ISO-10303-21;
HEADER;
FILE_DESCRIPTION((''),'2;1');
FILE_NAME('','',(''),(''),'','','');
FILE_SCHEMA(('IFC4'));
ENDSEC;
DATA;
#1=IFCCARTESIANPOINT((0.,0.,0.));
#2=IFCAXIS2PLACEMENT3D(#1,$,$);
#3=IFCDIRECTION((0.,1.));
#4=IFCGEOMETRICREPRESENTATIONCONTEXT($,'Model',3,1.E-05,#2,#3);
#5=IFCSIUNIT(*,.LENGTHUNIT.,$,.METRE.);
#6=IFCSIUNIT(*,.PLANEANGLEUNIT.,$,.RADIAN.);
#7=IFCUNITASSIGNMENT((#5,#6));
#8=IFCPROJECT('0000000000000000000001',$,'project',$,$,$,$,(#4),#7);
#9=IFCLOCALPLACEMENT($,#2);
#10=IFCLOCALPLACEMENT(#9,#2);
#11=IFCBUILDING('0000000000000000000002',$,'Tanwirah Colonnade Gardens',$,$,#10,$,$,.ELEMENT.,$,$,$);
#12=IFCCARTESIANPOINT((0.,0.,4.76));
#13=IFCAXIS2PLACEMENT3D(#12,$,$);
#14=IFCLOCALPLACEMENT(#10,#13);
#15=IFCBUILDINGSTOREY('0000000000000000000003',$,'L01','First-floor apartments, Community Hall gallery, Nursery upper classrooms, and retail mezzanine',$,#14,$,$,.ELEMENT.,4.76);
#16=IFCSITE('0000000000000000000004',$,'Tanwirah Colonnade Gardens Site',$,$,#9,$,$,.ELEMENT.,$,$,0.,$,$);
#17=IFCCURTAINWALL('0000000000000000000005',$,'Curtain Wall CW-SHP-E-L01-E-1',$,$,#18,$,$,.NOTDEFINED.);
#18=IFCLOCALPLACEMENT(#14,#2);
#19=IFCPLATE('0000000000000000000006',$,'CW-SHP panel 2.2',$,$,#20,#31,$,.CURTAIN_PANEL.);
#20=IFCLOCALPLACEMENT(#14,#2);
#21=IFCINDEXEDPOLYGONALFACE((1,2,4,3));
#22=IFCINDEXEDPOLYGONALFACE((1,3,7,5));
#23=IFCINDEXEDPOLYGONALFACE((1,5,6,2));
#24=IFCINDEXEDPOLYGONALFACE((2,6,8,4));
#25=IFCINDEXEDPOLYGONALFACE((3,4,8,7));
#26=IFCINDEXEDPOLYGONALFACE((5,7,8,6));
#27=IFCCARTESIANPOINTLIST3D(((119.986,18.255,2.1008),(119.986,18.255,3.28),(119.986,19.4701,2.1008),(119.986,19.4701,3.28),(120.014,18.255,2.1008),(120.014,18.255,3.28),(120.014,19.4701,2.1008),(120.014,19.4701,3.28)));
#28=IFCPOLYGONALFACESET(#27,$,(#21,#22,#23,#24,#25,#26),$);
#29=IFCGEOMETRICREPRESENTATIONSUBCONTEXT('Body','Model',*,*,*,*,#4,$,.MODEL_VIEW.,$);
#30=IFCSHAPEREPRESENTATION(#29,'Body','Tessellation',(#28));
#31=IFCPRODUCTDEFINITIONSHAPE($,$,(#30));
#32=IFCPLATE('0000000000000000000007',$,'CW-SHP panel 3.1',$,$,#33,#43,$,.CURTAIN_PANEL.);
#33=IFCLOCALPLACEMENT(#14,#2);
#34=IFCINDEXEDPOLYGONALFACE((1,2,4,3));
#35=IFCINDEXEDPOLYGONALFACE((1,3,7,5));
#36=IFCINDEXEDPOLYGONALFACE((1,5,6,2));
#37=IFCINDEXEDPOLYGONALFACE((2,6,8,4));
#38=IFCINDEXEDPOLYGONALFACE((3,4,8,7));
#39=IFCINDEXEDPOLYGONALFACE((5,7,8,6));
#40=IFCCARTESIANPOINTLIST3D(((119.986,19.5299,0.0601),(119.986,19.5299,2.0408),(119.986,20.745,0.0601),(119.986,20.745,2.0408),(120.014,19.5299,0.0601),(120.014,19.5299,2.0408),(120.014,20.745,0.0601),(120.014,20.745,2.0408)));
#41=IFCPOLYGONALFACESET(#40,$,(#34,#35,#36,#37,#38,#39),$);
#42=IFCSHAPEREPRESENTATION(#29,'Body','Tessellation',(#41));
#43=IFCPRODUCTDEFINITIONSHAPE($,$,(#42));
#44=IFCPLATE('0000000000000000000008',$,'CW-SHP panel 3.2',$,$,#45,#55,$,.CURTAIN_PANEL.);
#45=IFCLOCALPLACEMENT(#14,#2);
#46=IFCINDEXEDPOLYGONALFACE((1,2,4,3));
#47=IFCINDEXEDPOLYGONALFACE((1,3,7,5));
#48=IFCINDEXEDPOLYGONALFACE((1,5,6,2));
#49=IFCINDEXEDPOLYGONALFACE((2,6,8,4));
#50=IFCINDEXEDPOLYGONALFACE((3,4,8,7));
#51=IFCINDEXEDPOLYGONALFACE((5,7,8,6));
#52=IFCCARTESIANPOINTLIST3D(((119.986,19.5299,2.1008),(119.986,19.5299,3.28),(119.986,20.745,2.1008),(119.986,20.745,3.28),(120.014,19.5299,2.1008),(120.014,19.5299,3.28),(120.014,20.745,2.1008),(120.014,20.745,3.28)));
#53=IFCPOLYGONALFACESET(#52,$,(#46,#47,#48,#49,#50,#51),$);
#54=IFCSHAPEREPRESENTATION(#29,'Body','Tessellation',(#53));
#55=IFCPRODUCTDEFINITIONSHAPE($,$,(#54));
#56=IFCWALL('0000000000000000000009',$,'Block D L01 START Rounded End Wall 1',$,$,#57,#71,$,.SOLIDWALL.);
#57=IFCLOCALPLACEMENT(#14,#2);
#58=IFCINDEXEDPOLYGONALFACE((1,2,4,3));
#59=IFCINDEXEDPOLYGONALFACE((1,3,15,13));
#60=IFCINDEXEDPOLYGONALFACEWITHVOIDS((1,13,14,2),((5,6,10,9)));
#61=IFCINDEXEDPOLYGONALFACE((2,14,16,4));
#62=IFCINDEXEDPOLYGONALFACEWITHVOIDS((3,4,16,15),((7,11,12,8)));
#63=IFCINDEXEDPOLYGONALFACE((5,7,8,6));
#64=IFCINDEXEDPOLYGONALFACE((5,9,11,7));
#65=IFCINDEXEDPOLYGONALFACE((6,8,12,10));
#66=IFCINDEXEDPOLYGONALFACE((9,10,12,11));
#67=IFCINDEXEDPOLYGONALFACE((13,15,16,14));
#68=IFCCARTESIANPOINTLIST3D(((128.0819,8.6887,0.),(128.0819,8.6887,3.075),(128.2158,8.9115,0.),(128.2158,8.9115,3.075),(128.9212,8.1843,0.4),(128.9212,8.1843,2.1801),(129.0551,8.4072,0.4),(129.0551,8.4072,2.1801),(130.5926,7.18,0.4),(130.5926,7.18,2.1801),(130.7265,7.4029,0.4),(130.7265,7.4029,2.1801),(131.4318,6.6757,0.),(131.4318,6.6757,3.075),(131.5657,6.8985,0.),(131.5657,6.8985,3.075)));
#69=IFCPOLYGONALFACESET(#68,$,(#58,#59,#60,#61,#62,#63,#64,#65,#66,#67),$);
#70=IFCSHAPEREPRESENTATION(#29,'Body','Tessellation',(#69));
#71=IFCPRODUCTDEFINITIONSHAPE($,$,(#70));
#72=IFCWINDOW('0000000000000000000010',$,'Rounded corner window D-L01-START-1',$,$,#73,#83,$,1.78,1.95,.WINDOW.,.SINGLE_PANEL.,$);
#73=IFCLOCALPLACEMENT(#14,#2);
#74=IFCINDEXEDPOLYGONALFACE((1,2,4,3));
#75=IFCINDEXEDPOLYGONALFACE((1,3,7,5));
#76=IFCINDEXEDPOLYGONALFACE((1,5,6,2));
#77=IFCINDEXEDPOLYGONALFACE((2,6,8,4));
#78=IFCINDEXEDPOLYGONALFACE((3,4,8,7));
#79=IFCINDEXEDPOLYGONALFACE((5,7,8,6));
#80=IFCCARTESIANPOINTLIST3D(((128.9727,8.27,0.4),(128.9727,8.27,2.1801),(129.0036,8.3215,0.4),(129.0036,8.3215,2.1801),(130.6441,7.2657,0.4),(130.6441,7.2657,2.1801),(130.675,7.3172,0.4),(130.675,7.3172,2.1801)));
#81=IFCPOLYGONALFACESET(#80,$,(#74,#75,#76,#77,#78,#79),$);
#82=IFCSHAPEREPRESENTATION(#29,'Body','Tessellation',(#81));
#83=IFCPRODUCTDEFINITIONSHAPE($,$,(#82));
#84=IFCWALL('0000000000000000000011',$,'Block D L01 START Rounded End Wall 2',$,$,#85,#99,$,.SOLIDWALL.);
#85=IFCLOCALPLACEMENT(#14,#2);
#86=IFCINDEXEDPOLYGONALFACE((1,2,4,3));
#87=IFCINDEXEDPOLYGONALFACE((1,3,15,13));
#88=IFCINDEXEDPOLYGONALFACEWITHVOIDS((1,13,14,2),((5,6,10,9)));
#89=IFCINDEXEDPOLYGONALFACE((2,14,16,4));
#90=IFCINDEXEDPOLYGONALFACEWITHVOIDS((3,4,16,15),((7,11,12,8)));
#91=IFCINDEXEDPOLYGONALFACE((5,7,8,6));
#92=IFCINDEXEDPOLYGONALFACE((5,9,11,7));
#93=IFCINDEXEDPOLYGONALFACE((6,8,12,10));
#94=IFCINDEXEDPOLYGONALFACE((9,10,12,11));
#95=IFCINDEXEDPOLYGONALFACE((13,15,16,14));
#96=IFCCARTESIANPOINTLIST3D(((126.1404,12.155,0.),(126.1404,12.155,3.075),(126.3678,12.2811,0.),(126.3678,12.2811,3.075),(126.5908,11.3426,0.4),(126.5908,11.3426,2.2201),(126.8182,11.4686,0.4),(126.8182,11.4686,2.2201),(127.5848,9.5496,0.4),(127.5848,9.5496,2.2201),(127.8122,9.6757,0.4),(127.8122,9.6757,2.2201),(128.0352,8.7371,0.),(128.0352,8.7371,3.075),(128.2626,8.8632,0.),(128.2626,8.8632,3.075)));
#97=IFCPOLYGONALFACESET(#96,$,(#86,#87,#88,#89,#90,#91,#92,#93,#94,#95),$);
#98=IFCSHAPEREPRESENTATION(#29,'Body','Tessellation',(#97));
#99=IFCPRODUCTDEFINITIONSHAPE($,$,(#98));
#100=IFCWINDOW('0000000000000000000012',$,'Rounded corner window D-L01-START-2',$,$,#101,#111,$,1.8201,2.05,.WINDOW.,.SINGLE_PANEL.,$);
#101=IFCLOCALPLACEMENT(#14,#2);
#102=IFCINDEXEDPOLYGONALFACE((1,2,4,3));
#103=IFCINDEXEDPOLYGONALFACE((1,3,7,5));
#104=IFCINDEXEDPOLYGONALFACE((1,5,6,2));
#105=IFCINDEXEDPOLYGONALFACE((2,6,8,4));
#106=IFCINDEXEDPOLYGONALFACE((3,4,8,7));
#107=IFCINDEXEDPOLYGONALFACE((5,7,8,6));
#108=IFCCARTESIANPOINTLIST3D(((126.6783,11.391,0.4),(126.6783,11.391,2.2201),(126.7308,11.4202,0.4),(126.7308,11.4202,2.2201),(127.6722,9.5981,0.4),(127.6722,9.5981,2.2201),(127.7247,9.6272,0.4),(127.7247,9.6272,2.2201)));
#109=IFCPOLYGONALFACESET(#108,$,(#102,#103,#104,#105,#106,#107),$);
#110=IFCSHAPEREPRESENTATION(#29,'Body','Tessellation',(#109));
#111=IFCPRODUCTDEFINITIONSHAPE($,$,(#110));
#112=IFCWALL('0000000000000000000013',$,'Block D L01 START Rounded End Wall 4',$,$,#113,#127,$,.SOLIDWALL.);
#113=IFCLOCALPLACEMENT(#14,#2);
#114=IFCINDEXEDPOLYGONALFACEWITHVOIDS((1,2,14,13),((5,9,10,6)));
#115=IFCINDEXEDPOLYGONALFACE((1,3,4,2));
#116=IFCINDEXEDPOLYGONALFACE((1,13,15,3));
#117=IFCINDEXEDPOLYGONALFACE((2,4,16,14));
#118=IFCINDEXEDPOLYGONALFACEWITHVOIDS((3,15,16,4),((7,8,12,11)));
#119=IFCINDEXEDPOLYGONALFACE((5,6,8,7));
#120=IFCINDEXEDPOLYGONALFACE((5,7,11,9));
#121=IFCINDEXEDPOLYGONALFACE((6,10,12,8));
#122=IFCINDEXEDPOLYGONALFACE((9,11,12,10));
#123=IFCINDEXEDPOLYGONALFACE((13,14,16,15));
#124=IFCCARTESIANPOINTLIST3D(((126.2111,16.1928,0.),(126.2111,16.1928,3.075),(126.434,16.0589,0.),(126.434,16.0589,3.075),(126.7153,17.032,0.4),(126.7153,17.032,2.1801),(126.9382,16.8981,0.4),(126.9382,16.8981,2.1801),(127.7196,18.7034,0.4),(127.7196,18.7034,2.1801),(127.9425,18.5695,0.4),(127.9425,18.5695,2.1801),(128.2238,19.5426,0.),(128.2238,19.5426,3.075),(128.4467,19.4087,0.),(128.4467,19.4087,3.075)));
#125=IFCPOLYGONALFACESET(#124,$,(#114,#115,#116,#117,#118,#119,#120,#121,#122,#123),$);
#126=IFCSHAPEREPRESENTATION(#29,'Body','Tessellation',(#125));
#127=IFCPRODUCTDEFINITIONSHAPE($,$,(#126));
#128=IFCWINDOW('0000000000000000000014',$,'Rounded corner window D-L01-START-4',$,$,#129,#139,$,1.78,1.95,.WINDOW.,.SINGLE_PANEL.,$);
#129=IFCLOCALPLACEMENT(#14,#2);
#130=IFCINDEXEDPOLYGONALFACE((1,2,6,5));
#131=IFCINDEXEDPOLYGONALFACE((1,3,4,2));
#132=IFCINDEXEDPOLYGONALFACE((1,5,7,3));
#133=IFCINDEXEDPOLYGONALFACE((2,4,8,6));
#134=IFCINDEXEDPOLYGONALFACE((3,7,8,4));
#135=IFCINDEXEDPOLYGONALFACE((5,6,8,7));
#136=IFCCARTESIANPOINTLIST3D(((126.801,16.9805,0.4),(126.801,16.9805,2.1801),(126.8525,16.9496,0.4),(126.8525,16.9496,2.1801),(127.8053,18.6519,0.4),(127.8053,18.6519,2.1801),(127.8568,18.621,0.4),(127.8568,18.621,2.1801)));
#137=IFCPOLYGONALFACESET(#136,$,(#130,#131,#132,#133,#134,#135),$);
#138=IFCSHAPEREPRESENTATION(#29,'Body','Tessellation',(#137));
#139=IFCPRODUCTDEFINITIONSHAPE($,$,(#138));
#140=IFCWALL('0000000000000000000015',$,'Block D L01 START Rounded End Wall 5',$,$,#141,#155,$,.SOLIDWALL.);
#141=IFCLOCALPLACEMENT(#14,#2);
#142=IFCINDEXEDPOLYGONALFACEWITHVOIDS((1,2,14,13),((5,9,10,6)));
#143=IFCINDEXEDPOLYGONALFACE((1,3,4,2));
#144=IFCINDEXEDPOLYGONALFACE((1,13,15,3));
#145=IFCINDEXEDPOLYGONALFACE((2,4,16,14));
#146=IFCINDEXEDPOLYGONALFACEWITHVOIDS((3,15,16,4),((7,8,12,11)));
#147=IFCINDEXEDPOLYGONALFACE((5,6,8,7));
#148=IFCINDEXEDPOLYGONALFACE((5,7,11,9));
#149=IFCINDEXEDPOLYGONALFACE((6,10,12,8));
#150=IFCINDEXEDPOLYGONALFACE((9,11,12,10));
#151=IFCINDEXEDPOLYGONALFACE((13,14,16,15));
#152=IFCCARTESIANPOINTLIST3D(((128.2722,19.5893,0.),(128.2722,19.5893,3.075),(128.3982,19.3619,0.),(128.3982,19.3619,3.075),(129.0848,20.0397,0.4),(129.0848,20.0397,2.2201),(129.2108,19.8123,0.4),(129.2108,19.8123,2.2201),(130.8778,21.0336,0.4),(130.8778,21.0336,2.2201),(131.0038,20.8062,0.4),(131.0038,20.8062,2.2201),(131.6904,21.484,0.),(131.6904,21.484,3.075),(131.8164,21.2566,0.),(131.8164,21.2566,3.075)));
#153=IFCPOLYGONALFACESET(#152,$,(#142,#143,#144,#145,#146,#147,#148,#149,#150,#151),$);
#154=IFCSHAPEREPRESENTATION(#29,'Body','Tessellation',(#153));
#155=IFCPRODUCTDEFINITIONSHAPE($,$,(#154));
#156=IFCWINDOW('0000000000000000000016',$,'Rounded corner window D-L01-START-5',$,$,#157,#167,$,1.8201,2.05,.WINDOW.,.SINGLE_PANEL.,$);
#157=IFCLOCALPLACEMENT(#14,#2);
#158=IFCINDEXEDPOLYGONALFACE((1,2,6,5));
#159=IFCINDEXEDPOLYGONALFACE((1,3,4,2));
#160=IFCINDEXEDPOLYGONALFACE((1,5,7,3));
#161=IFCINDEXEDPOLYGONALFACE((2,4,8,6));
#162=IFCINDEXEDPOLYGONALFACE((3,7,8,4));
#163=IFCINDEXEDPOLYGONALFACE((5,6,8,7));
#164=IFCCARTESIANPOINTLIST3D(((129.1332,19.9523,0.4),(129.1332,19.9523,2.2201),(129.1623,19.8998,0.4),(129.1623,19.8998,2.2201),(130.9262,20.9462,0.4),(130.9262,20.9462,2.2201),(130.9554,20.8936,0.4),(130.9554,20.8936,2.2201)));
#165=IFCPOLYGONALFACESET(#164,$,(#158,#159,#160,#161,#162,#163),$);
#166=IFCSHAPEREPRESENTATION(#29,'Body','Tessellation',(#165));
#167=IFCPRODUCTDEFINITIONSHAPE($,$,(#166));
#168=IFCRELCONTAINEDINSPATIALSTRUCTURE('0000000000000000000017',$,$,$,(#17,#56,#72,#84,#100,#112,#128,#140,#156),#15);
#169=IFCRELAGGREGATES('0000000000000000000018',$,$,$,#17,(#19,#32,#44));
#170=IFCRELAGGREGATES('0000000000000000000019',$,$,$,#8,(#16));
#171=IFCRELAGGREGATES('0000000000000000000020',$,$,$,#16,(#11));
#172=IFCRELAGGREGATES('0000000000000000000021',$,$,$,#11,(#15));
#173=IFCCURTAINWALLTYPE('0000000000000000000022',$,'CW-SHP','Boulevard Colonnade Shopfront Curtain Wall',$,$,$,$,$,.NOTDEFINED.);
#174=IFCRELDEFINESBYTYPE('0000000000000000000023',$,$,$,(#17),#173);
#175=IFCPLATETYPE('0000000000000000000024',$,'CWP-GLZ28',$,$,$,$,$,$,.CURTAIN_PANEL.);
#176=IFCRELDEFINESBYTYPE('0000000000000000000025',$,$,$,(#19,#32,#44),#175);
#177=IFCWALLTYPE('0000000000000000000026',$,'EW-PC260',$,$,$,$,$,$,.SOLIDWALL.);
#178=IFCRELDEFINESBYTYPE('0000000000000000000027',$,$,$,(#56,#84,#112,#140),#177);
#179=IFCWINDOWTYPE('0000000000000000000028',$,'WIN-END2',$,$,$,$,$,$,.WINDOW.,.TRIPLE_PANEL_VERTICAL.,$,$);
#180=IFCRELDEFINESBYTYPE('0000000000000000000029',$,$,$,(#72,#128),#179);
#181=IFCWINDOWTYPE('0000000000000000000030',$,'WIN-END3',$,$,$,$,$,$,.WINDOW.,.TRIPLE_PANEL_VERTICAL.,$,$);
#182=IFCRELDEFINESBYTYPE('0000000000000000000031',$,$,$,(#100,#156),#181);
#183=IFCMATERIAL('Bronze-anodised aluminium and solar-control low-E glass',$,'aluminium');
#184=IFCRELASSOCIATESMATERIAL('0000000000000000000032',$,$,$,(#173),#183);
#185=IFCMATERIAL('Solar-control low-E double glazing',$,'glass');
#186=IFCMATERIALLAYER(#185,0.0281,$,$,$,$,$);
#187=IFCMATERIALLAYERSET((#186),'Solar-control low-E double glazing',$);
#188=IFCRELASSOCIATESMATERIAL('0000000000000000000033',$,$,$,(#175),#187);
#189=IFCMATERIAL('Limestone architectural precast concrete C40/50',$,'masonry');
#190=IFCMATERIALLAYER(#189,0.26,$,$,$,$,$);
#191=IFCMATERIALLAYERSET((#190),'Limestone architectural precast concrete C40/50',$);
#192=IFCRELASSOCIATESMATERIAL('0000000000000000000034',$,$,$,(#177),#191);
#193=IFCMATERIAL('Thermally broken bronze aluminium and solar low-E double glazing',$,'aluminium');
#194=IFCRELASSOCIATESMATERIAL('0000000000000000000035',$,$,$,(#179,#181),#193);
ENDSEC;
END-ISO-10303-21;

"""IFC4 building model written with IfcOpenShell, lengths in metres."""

from ifc_helpers import new_model, si_unit, direction, frame, frame_2d, origin, origin_2d, place, context, subcontext, project, spatial, rectangle, extrude, material, layer, layer_set, type_object, element, fill, aggregate, save


model = new_model("IFC4")

# Units and contexts
model_context = context("Model", 3, precision=1e-05, world=origin(), true_north=direction((0.0, 1.0)))
body_context = subcontext(model_context, "Body", "Model", "MODEL_VIEW")
ifc_project = project(units=[si_unit("LENGTHUNIT", "METRE"), si_unit("PLANEANGLEUNIT", "RADIAN")], contexts=[model_context])

# Site, building, storey
site_placement = place(None, origin())
site = spatial("IfcSite", under=ifc_project, at=site_placement, Name="Tanwirah Colonnade Gardens Site", CompositionType="ELEMENT", RefElevation=0.0)
building_placement = place(site_placement, origin())
building = spatial("IfcBuilding", under=site, at=building_placement, Name="Tanwirah Colonnade Gardens", CompositionType="ELEMENT")
storey_placement = place(building_placement, frame((0.0, 0.0, 4.76)))
storey = spatial("IfcBuildingStorey", under=building, at=storey_placement, Name="L01", Description="First-floor apartments, Community Hall gallery, Nursery upper classrooms, and retail mezzanine", CompositionType="ELEMENT", Elevation=4.76)

# Curtain wall, plates
ifc_material_1 = material(Name="Bronze-anodised aluminium and solar-control low-E glass", Category="aluminium")
curtain_wall_type = type_object("IfcCurtainWallType", Name="CW-SHP", Description="Boulevard Colonnade Shopfront Curtain Wall", PredefinedType="NOTDEFINED", material=ifc_material_1)
curtain_wall_placement = place(storey_placement, origin())
curtain_wall = element("IfcCurtainWall", 1, at=curtain_wall_placement, inside=storey, type_object=curtain_wall_type, Name="Curtain Wall CW-SHP-E-L01-E-1", PredefinedType="NOTDEFINED")
ifc_material_2 = material(Name="Solar-control low-E double glazing", Category="glass")
ifc_layer_1 = layer(ifc_material_2, 0.0281)
ifc_layer_set_1 = layer_set([ifc_layer_1], Name="Solar-control low-E double glazing")
plate_type = type_object("IfcPlateType", Name="CWP-GLZ28", PredefinedType="CURTAIN_PANEL", material=ifc_layer_set_1)
plate_1_placement = place(storey_placement, frame((120.0, 18.8625, 2.1008), z_axis=(0.0, 0.0, 1.0), x_axis=(0.0, 1.0, 0.0)))
plate_1 = element("IfcPlate", 2, at=plate_1_placement, type_object=plate_type, Name="CW-SHP panel 2.2", PredefinedType="CURTAIN_PANEL", context=body_context, shape_type="SweptSolid", body=[
    extrude(rectangle(XDim=1.2151, YDim=0.0281, at=origin_2d()), origin(), (0.0, 0.0, 1.0), 1.1792),
])
plate_2_placement = place(storey_placement, frame((120.0, 20.1375, 0.0601), z_axis=(0.0, 0.0, 1.0), x_axis=(0.0, 1.0, 0.0)))
plate_2 = element("IfcPlate", 3, at=plate_2_placement, type_object=plate_type, Name="CW-SHP panel 3.1", PredefinedType="CURTAIN_PANEL", context=body_context, shape_type="SweptSolid", body=[
    extrude(rectangle(XDim=1.2151, YDim=0.0281, at=origin_2d()), origin(), (0.0, 0.0, 1.0), 1.9807),
])
plate_3_placement = place(storey_placement, frame((120.0, 20.1375, 2.1008), z_axis=(0.0, 0.0, 1.0), x_axis=(0.0, 1.0, 0.0)))
plate_3 = element("IfcPlate", 4, at=plate_3_placement, type_object=plate_type, Name="CW-SHP panel 3.2", PredefinedType="CURTAIN_PANEL", context=body_context, shape_type="SweptSolid", body=[
    extrude(rectangle(XDim=1.2151, YDim=0.0281, at=origin_2d()), origin(), (0.0, 0.0, 1.0), 1.1792),
])
aggregate(curtain_wall, [plate_1, plate_2, plate_3])

# Walls, openings, windows
ifc_material_3 = material(Name="Limestone architectural precast concrete C40/50", Category="masonry")
ifc_layer_2 = layer(ifc_material_3, 0.26)
ifc_layer_set_2 = layer_set([ifc_layer_2], Name="Limestone architectural precast concrete C40/50")
wall_type = type_object("IfcWallType", Name="EW-PC260", PredefinedType="SOLIDWALL", material=ifc_layer_set_2)
wall_1_placement = place(storey_placement, frame((131.4988, 6.7871, 0.0), z_axis=(0.0, 0.0, 1.0), x_axis=(-0.857151, 0.515065, 0.0)))
wall_1 = element("IfcWall", 5, at=wall_1_placement, inside=storey, type_object=wall_type, Name="Block D L01 START Rounded End Wall 1", PredefinedType="SOLIDWALL", context=body_context, shape_type="SweptSolid", body=[
    extrude(rectangle(XDim=3.9082, YDim=0.26, at=frame_2d((1.9541, 0.0))), origin(), (0.0, 0.0, 1.0), 3.075),
])
opening_1_placement = place(wall_1_placement, frame((0.979, 0.0, 0.3999)))
opening_1 = element("IfcOpeningElement", 6, at=opening_1_placement, cuts=wall_1, PredefinedType="OPENING", context=body_context, shape_type="SweptSolid", body=[
    extrude(rectangle(XDim=1.95, YDim=1.78, at=frame_2d((0.9751, 0.8901))), frame((0.0, 0.1399, 0.0), z_axis=(0.0, -1.0, 0.0), x_axis=(1.0, 0.0, 0.0)), (0.0, 0.0, 1.0), 0.28),
])
ifc_material_4 = material(Name="Thermally broken bronze aluminium and solar low-E double glazing", Category="aluminium")
window_type_1 = type_object("IfcWindowType", Name="WIN-END2", PartitioningType="TRIPLE_PANEL_VERTICAL", PredefinedType="WINDOW", material=ifc_material_4)
window_1_placement = place(opening_1_placement, origin())
window_1 = element("IfcWindow", 7, at=window_1_placement, inside=storey, type_object=window_type_1, Name="Rounded corner window D-L01-START-1", OverallHeight=1.78, OverallWidth=1.95, PartitioningType="SINGLE_PANEL", PredefinedType="WINDOW", context=body_context, shape_type="SweptSolid", body=[
    extrude(rectangle(XDim=1.95, YDim=1.78, at=frame_2d((0.9751, 0.8901))), frame((0.0, 0.03, 0.0), z_axis=(0.0, -1.0, 0.0), x_axis=(1.0, 0.0, 0.0)), (0.0, 0.0, 1.0), 0.0601),
])
fill(opening_1, window_1)
wall_2_placement = place(storey_placement, frame((128.1489, 8.8, 0.0), z_axis=(0.0, 0.0, 1.0), x_axis=(-0.484842, 0.874602, 0.0)))
wall_2 = element("IfcWall", 8, at=wall_2_placement, inside=storey, type_object=wall_type, Name="Block D L01 START Rounded End Wall 2", PredefinedType="SOLIDWALL", context=body_context, shape_type="SweptSolid", body=[
    extrude(rectangle(XDim=3.908, YDim=0.26, at=frame_2d((1.9541, 0.0))), origin(), (0.0, 0.0, 1.0), 3.075),
])
opening_2_placement = place(wall_2_placement, frame((0.9292, 0.0, 0.3999)))
opening_2 = element("IfcOpeningElement", 9, at=opening_2_placement, cuts=wall_2, PredefinedType="OPENING", context=body_context, shape_type="SweptSolid", body=[
    extrude(rectangle(XDim=2.05, YDim=1.8201, at=frame_2d((1.0249, 0.9102))), frame((0.0, 0.1399, 0.0), z_axis=(0.0, -1.0, 0.0), x_axis=(1.0, 0.0, 0.0)), (0.0, 0.0, 1.0), 0.28),
])
window_type_2 = type_object("IfcWindowType", Name="WIN-END3", PartitioningType="TRIPLE_PANEL_VERTICAL", PredefinedType="WINDOW", material=ifc_material_4)
window_2_placement = place(opening_2_placement, origin())
window_2 = element("IfcWindow", 10, at=window_2_placement, inside=storey, type_object=window_type_2, Name="Rounded corner window D-L01-START-2", OverallHeight=1.8201, OverallWidth=2.05, PartitioningType="SINGLE_PANEL", PredefinedType="WINDOW", context=body_context, shape_type="SweptSolid", body=[
    extrude(rectangle(XDim=2.05, YDim=1.8201, at=frame_2d((1.0249, 0.9102))), frame((0.0, 0.03, 0.0), z_axis=(0.0, -1.0, 0.0), x_axis=(1.0, 0.0, 0.0)), (0.0, 0.0, 1.0), 0.0601),
])
fill(opening_2, window_2)
wall_3_placement = place(storey_placement, frame((126.3225, 16.1257, 0.0), z_axis=(0.0, 0.0, 1.0), x_axis=(0.515019, 0.857179, 0.0)))
wall_3 = element("IfcWall", 11, at=wall_3_placement, inside=storey, type_object=wall_type, Name="Block D L01 START Rounded End Wall 4", PredefinedType="SOLIDWALL", context=body_context, shape_type="SweptSolid", body=[
    extrude(rectangle(XDim=3.908, YDim=0.26, at=frame_2d((1.9541, 0.0))), origin(), (0.0, 0.0, 1.0), 3.075),
])
opening_3_placement = place(wall_3_placement, frame((0.979, 0.0, 0.3999)))
opening_3 = element("IfcOpeningElement", 12, at=opening_3_placement, cuts=wall_3, PredefinedType="OPENING", context=body_context, shape_type="SweptSolid", body=[
    extrude(rectangle(XDim=1.95, YDim=1.78, at=frame_2d((0.9751, 0.8901))), frame((0.0, 0.1399, 0.0), z_axis=(0.0, -1.0, 0.0), x_axis=(1.0, 0.0, 0.0)), (0.0, 0.0, 1.0), 0.28),
])
window_3_placement = place(opening_3_placement, origin())
window_3 = element("IfcWindow", 13, at=window_3_placement, inside=storey, type_object=window_type_1, Name="Rounded corner window D-L01-START-4", OverallHeight=1.78, OverallWidth=1.95, PartitioningType="SINGLE_PANEL", PredefinedType="WINDOW", context=body_context, shape_type="SweptSolid", body=[
    extrude(rectangle(XDim=1.95, YDim=1.78, at=frame_2d((0.9751, 0.8901))), frame((0.0, 0.03, 0.0), z_axis=(0.0, -1.0, 0.0), x_axis=(1.0, 0.0, 0.0)), (0.0, 0.0, 1.0), 0.0601),
])
fill(opening_3, window_3)
wall_4_placement = place(storey_placement, frame((128.3352, 19.4756, 0.0), z_axis=(0.0, 0.0, 1.0), x_axis=(0.874617, 0.484815, 0.0)))
wall_4 = element("IfcWall", 14, at=wall_4_placement, inside=storey, type_object=wall_type, Name="Block D L01 START Rounded End Wall 5", PredefinedType="SOLIDWALL", context=body_context, shape_type="SweptSolid", body=[
    extrude(rectangle(XDim=3.9082, YDim=0.26, at=frame_2d((1.9541, 0.0))), origin(), (0.0, 0.0, 1.0), 3.075),
])
opening_4_placement = place(wall_4_placement, frame((0.9292, 0.0, 0.3999)))
opening_4 = element("IfcOpeningElement", 15, at=opening_4_placement, cuts=wall_4, PredefinedType="OPENING", context=body_context, shape_type="SweptSolid", body=[
    extrude(rectangle(XDim=2.05, YDim=1.8201, at=frame_2d((1.0249, 0.9102))), frame((0.0, 0.1399, 0.0), z_axis=(0.0, -1.0, 0.0), x_axis=(1.0, 0.0, 0.0)), (0.0, 0.0, 1.0), 0.28),
])
window_4_placement = place(opening_4_placement, origin())
window_4 = element("IfcWindow", 16, at=window_4_placement, inside=storey, type_object=window_type_2, Name="Rounded corner window D-L01-START-5", OverallHeight=1.8201, OverallWidth=2.05, PartitioningType="SINGLE_PANEL", PredefinedType="WINDOW", context=body_context, shape_type="SweptSolid", body=[
    extrude(rectangle(XDim=2.05, YDim=1.8201, at=frame_2d((1.0249, 0.9102))), frame((0.0, 0.03, 0.0), z_axis=(0.0, -1.0, 0.0), x_axis=(1.0, 0.0, 0.0)), (0.0, 0.0, 1.0), 0.0601),
])
fill(opening_4, window_4)

save(model, "model.ifc")
